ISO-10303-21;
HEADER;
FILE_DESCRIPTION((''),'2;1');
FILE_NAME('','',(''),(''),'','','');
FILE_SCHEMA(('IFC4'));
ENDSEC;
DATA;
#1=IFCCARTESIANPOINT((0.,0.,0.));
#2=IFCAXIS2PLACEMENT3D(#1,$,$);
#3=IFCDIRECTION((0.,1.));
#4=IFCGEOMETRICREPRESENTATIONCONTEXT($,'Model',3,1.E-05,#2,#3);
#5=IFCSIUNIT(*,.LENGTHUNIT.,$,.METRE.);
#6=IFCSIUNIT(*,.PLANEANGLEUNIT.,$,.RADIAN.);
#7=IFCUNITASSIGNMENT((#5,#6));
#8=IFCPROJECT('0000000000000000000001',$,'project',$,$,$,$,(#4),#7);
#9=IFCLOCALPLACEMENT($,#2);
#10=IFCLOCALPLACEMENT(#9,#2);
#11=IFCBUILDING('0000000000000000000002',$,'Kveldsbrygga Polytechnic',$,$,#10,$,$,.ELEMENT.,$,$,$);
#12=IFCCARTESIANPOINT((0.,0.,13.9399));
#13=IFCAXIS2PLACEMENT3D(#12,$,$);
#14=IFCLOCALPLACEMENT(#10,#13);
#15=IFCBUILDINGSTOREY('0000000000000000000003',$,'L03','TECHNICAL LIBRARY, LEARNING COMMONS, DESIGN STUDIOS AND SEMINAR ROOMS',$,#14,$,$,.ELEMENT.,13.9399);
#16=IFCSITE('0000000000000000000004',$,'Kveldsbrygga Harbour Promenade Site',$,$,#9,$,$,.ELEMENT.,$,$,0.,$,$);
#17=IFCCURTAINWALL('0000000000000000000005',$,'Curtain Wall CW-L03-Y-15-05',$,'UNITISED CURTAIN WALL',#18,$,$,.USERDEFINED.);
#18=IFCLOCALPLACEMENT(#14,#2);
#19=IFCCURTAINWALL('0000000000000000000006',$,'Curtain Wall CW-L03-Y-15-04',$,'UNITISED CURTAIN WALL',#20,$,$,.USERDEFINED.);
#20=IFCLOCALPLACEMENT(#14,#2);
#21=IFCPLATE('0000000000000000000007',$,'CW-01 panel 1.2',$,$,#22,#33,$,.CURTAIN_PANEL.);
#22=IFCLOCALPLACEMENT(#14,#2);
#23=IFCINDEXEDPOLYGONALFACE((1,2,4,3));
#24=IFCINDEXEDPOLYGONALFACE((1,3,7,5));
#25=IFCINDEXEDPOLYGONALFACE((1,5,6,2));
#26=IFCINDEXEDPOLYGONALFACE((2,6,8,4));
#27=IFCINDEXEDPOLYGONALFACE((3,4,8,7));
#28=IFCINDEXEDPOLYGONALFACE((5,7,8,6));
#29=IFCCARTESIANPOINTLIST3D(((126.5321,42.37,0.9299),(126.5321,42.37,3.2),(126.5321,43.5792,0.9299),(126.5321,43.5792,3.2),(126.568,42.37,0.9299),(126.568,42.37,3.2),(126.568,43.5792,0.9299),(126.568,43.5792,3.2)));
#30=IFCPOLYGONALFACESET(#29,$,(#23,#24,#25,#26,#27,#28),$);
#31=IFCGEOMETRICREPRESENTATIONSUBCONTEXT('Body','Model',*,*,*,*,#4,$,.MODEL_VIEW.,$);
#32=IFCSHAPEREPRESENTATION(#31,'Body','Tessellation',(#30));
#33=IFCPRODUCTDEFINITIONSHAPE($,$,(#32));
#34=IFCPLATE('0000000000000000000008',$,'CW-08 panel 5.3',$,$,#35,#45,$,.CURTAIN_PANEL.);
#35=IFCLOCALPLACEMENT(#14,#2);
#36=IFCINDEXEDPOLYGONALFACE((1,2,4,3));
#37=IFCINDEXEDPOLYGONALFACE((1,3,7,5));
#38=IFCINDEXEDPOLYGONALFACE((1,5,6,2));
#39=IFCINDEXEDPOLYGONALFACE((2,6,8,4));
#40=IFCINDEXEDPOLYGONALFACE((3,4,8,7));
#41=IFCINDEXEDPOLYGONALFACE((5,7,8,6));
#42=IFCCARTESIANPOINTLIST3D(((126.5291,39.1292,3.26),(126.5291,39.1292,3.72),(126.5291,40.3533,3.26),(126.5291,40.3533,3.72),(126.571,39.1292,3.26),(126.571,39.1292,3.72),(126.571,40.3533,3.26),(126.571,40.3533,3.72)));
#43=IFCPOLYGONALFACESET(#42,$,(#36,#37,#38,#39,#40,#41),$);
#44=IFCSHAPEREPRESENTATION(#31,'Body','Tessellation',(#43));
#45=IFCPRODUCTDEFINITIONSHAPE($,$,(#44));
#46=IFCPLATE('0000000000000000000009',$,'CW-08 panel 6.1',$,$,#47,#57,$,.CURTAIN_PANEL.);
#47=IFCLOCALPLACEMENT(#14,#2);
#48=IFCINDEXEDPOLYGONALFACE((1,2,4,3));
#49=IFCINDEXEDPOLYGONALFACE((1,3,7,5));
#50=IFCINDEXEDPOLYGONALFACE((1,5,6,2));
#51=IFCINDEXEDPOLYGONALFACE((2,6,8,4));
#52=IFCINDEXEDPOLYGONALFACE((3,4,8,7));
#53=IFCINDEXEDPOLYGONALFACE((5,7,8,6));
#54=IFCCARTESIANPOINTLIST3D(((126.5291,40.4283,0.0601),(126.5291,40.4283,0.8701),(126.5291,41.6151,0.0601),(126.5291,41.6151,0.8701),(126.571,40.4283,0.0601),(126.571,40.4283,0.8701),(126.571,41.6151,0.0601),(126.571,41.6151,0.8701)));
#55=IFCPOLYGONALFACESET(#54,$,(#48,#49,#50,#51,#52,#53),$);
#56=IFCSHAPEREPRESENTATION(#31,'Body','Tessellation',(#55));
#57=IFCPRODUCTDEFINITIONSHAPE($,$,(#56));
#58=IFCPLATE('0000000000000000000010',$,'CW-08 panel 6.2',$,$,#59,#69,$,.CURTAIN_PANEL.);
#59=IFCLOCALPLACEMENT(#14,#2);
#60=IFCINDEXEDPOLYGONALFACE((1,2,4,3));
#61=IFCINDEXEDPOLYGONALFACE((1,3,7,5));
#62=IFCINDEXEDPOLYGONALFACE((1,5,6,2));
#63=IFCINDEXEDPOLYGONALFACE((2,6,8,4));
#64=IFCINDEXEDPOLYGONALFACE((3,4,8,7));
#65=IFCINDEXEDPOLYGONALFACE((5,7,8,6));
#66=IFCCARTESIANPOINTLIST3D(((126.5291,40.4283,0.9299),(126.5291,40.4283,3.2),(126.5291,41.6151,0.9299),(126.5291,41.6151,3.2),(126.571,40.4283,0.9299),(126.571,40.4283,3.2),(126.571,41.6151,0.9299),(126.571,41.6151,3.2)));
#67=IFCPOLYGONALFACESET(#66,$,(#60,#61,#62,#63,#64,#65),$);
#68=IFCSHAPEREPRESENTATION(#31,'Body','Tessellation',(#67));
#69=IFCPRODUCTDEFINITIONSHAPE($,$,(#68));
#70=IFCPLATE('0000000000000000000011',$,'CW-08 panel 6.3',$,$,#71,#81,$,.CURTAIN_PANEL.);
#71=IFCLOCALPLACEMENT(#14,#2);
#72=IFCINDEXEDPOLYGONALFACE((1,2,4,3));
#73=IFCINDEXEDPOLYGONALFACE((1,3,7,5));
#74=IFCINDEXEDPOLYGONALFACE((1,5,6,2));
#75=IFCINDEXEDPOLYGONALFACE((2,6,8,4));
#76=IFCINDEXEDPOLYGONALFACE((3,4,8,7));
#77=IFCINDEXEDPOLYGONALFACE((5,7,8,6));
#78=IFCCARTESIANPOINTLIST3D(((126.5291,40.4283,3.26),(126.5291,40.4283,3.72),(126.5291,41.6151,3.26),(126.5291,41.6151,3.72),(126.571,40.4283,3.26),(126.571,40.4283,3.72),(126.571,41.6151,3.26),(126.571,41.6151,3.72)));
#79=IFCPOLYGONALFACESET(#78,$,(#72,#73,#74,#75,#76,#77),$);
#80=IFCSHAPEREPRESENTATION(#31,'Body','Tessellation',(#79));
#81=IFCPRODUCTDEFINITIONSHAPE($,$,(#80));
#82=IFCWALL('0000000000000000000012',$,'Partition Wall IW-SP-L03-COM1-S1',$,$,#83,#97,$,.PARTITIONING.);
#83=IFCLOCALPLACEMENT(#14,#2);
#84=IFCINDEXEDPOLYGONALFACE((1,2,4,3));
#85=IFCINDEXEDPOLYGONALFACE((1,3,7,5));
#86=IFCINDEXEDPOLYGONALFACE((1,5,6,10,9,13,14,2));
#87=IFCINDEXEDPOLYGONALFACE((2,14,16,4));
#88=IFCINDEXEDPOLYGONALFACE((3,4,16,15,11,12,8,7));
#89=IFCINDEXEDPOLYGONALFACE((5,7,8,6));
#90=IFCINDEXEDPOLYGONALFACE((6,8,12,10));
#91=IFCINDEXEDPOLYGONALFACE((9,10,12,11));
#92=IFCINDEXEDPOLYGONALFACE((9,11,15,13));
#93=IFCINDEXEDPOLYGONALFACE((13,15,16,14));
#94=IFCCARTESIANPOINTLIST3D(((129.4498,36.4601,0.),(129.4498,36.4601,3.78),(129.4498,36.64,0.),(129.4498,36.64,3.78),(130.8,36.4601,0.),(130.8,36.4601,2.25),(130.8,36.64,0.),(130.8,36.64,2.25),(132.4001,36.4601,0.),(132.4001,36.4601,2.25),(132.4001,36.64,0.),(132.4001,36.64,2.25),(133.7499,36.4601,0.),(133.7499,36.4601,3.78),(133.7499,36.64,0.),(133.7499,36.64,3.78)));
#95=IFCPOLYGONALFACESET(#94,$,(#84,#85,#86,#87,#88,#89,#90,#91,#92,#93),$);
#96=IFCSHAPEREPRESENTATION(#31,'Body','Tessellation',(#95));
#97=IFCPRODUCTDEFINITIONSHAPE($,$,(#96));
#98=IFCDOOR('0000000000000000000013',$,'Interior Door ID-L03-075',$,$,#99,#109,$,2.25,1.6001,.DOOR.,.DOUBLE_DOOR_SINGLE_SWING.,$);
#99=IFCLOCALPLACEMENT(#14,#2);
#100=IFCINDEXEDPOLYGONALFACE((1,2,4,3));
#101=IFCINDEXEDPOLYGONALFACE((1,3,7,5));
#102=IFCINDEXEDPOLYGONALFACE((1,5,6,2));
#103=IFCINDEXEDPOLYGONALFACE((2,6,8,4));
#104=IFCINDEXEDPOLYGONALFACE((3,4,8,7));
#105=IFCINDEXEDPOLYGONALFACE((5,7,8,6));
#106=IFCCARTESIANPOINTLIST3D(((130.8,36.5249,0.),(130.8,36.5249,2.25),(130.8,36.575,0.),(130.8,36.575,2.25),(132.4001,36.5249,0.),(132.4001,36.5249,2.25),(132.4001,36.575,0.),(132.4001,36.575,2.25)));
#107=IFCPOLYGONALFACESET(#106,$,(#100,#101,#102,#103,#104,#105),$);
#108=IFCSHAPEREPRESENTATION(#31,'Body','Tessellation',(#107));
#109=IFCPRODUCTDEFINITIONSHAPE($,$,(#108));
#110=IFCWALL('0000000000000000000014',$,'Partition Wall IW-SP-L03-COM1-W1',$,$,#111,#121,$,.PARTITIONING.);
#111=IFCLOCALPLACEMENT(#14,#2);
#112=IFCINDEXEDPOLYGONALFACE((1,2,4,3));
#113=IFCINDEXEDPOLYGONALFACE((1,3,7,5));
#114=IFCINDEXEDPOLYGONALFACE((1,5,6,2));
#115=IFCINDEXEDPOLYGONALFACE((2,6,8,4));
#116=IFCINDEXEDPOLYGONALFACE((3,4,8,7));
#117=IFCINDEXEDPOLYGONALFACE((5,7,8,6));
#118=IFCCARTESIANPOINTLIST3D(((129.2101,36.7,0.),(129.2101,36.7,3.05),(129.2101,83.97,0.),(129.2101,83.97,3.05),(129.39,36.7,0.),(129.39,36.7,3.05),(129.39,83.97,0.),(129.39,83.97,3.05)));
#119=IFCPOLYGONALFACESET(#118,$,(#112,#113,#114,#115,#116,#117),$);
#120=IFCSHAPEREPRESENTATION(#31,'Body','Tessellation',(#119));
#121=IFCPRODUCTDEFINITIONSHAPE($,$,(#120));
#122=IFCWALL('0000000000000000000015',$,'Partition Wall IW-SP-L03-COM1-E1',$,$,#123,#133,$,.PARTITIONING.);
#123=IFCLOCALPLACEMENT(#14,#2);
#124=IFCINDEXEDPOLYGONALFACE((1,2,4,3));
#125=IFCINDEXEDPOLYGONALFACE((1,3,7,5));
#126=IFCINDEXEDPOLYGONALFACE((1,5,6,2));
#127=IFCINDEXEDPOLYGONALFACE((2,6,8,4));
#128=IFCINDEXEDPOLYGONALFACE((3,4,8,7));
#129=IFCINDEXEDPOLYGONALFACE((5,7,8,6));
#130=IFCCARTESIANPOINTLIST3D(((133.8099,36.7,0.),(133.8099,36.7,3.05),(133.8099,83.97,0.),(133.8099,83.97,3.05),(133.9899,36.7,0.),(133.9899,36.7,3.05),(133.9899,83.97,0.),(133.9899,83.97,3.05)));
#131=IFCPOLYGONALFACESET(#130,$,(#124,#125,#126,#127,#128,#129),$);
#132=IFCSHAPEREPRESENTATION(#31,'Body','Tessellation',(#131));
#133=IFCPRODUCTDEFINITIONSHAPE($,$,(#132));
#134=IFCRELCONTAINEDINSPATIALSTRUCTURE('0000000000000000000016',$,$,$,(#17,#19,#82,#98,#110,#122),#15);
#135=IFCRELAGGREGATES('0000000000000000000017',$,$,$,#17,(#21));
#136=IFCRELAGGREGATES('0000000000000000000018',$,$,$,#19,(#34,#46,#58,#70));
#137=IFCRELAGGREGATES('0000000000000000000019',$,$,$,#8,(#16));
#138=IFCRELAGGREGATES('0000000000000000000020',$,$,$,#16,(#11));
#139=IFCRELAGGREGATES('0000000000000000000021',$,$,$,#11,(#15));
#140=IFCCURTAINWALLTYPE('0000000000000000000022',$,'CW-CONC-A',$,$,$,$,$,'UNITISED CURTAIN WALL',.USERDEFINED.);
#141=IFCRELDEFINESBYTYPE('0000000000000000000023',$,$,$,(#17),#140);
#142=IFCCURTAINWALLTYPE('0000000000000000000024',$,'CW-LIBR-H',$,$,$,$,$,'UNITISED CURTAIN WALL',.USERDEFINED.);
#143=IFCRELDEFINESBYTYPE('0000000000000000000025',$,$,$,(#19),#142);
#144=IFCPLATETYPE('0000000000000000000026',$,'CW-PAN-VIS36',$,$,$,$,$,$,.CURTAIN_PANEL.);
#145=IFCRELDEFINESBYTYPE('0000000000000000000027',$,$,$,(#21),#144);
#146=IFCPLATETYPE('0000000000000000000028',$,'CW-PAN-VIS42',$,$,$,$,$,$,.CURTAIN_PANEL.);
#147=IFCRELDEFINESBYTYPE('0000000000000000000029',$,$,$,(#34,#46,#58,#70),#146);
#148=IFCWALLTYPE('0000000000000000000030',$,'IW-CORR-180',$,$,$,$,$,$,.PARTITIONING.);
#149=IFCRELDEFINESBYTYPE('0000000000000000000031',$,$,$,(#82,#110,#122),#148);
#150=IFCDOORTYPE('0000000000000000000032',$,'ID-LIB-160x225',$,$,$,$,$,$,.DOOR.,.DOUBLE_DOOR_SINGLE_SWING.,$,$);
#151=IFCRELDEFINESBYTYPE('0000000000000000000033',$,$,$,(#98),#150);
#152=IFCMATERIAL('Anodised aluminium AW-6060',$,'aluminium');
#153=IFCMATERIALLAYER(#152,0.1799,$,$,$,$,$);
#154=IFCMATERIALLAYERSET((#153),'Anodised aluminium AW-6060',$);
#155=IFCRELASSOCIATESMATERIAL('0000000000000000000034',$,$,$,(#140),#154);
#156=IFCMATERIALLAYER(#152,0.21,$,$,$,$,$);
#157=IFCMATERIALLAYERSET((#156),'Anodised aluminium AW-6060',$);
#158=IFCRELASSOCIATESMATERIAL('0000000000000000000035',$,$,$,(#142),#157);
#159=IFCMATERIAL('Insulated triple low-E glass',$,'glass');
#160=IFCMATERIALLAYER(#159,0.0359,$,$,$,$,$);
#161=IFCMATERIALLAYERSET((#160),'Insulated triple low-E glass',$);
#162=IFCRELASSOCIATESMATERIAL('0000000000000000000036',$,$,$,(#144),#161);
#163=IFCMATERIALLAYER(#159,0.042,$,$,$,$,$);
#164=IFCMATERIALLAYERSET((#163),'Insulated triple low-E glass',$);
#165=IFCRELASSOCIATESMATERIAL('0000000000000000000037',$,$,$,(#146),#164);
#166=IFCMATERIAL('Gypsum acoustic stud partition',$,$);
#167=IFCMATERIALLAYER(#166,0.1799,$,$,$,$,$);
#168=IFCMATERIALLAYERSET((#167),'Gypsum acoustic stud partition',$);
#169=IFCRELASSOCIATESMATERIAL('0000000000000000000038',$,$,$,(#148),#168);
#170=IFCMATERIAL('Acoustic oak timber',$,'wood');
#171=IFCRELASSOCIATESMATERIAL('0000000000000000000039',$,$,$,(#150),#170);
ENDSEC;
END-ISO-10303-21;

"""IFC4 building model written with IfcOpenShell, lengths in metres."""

from ifc_helpers import new_model, si_unit, direction, frame, frame_2d, origin, origin_2d, place, context, subcontext, project, spatial, rectangle, extrude, material, layer, layer_set, type_object, element, fill, aggregate, save


model = new_model("IFC4")

# Units and contexts
model_context = context("Model", 3, precision=1e-05, world=origin(), true_north=direction((0.0, 1.0)))
body_context = subcontext(model_context, "Body", "Model", "MODEL_VIEW")
ifc_project = project(units=[si_unit("LENGTHUNIT", "METRE"), si_unit("PLANEANGLEUNIT", "RADIAN")], contexts=[model_context])

# Site, building, storey
site_placement = place(None, origin())
site = spatial("IfcSite", under=ifc_project, at=site_placement, Name="Kveldsbrygga Harbour Promenade Site", CompositionType="ELEMENT", RefElevation=0.0)
building_placement = place(site_placement, origin())
building = spatial("IfcBuilding", under=site, at=building_placement, Name="Kveldsbrygga Polytechnic", CompositionType="ELEMENT")
storey_placement = place(building_placement, frame((0.0, 0.0, 13.9399)))
storey = spatial("IfcBuildingStorey", under=building, at=storey_placement, Name="L03", Description="TECHNICAL LIBRARY, LEARNING COMMONS, DESIGN STUDIOS AND SEMINAR ROOMS", CompositionType="ELEMENT", Elevation=13.9399)

# Curtain walls
ifc_material_1 = material(Name="Anodised aluminium AW-6060", Category="aluminium")
ifc_layer_1 = layer(ifc_material_1, 0.1799)
ifc_layer_set_1 = layer_set([ifc_layer_1], Name="Anodised aluminium AW-6060")
curtain_wall_type_1 = type_object("IfcCurtainWallType", Name="CW-CONC-A", ElementType="UNITISED CURTAIN WALL", PredefinedType="USERDEFINED", material=ifc_layer_set_1)
curtain_wall_1_placement = place(storey_placement, origin())
curtain_wall_1 = element("IfcCurtainWall", 1, at=curtain_wall_1_placement, inside=storey, type_object=curtain_wall_type_1, Name="Curtain Wall CW-L03-Y-15-05", ObjectType="UNITISED CURTAIN WALL", PredefinedType="USERDEFINED")
ifc_layer_2 = layer(ifc_material_1, 0.21)
ifc_layer_set_2 = layer_set([ifc_layer_2], Name="Anodised aluminium AW-6060")
curtain_wall_type_2 = type_object("IfcCurtainWallType", Name="CW-LIBR-H", ElementType="UNITISED CURTAIN WALL", PredefinedType="USERDEFINED", material=ifc_layer_set_2)
curtain_wall_2_placement = place(storey_placement, origin())
curtain_wall_2 = element("IfcCurtainWall", 2, at=curtain_wall_2_placement, inside=storey, type_object=curtain_wall_type_2, Name="Curtain Wall CW-L03-Y-15-04", ObjectType="UNITISED CURTAIN WALL", PredefinedType="USERDEFINED")

# Plates
ifc_material_2 = material(Name="Insulated triple low-E glass", Category="glass")
ifc_layer_3 = layer(ifc_material_2, 0.0359)
ifc_layer_set_3 = layer_set([ifc_layer_3], Name="Insulated triple low-E glass")
plate_type_1 = type_object("IfcPlateType", Name="CW-PAN-VIS36", PredefinedType="CURTAIN_PANEL", material=ifc_layer_set_3)
plate_1_placement = place(storey_placement, frame((126.55, 42.9746, 0.9299), z_axis=(0.0, 0.0, 1.0), x_axis=(0.0, 1.0, 0.0)))
plate_1 = element("IfcPlate", 3, at=plate_1_placement, type_object=plate_type_1, Name="CW-01 panel 1.2", PredefinedType="CURTAIN_PANEL", context=body_context, shape_type="SweptSolid", body=[
    extrude(rectangle(XDim=1.2092, YDim=0.0359, at=origin_2d()), origin(), (0.0, 0.0, 1.0), 2.27),
])
aggregate(curtain_wall_1, [plate_1])
ifc_layer_4 = layer(ifc_material_2, 0.042)
ifc_layer_set_4 = layer_set([ifc_layer_4], Name="Insulated triple low-E glass")
plate_type_2 = type_object("IfcPlateType", Name="CW-PAN-VIS42", PredefinedType="CURTAIN_PANEL", material=ifc_layer_set_4)
plate_2_placement = place(storey_placement, frame((126.55, 39.7412, 3.26), z_axis=(0.0, 0.0, 1.0), x_axis=(0.0, 1.0, 0.0)))
plate_2 = element("IfcPlate", 4, at=plate_2_placement, type_object=plate_type_2, Name="CW-08 panel 5.3", PredefinedType="CURTAIN_PANEL", context=body_context, shape_type="SweptSolid", body=[
    extrude(rectangle(XDim=1.2241, YDim=0.042, at=origin_2d()), origin(), (0.0, 0.0, 1.0), 0.46),
])
plate_3_placement = place(storey_placement, frame((126.55, 41.0217, 0.0601), z_axis=(0.0, 0.0, 1.0), x_axis=(0.0, 1.0, 0.0)))
plate_3 = element("IfcPlate", 5, at=plate_3_placement, type_object=plate_type_2, Name="CW-08 panel 6.1", PredefinedType="CURTAIN_PANEL", context=body_context, shape_type="SweptSolid", body=[
    extrude(rectangle(XDim=1.1868, YDim=0.042, at=origin_2d()), origin(), (0.0, 0.0, 1.0), 0.8101),
])
plate_4_placement = place(storey_placement, frame((126.55, 41.0217, 0.9299), z_axis=(0.0, 0.0, 1.0), x_axis=(0.0, 1.0, 0.0)))
plate_4 = element("IfcPlate", 6, at=plate_4_placement, type_object=plate_type_2, Name="CW-08 panel 6.2", PredefinedType="CURTAIN_PANEL", context=body_context, shape_type="SweptSolid", body=[
    extrude(rectangle(XDim=1.1868, YDim=0.042, at=origin_2d()), origin(), (0.0, 0.0, 1.0), 2.27),
])
plate_5_placement = place(storey_placement, frame((126.55, 41.0217, 3.26), z_axis=(0.0, 0.0, 1.0), x_axis=(0.0, 1.0, 0.0)))
plate_5 = element("IfcPlate", 7, at=plate_5_placement, type_object=plate_type_2, Name="CW-08 panel 6.3", PredefinedType="CURTAIN_PANEL", context=body_context, shape_type="SweptSolid", body=[
    extrude(rectangle(XDim=1.1868, YDim=0.042, at=origin_2d()), origin(), (0.0, 0.0, 1.0), 0.46),
])
aggregate(curtain_wall_2, [plate_2, plate_3, plate_4, plate_5])

# Wall, opening, door
ifc_material_3 = material(Name="Gypsum acoustic stud partition")
ifc_layer_5 = layer(ifc_material_3, 0.1799)
ifc_layer_set_5 = layer_set([ifc_layer_5], Name="Gypsum acoustic stud partition")
wall_type = type_object("IfcWallType", Name="IW-CORR-180", PredefinedType="PARTITIONING", material=ifc_layer_set_5)
wall_placement = place(storey_placement, frame((129.45, 36.55, 0.0), z_axis=(0.0, 0.0, 1.0), x_axis=(1.0, 0.0, 0.0)))
wall = element("IfcWall", 8, at=wall_placement, inside=storey, type_object=wall_type, Name="Partition Wall IW-SP-L03-COM1-S1", PredefinedType="PARTITIONING", context=body_context, shape_type="SweptSolid", body=[
    extrude(rectangle(XDim=4.3, YDim=0.1799, at=frame_2d((2.1499, 0.0))), origin(), (0.0, 0.0, 1.0), 3.78),
])
opening_placement = place(wall_placement, frame((1.3501, 0.0, 0.0)))
opening = element("IfcOpeningElement", 9, at=opening_placement, cuts=wall, PredefinedType="OPENING", context=body_context, shape_type="SweptSolid", body=[
    extrude(rectangle(XDim=1.6001, YDim=2.25, at=frame_2d((0.8, 1.125))), frame((0.0, 0.1001, 0.0), z_axis=(0.0, -1.0, 0.0), x_axis=(1.0, 0.0, 0.0)), (0.0, 0.0, 1.0), 0.2),
])
ifc_material_4 = material(Name="Acoustic oak timber", Category="wood")
door_type = type_object("IfcDoorType", Name="ID-LIB-160x225", OperationType="DOUBLE_DOOR_SINGLE_SWING", PredefinedType="DOOR", material=ifc_material_4)
door_placement = place(opening_placement, origin())
door = element("IfcDoor", 10, at=door_placement, inside=storey, type_object=door_type, Name="Interior Door ID-L03-075", OperationType="DOUBLE_DOOR_SINGLE_SWING", OverallHeight=2.25, OverallWidth=1.6001, PredefinedType="DOOR", context=body_context, shape_type="SweptSolid", body=[
    extrude(rectangle(XDim=1.6001, YDim=2.25, at=frame_2d((0.8, 1.125))), frame((0.0, 0.0249, 0.0), z_axis=(0.0, -1.0, 0.0), x_axis=(1.0, 0.0, 0.0)), (0.0, 0.0, 1.0), 0.05),
])
fill(opening, door)

# Walls
for number, where, z_axis, x_axis, name in (
    (11, (129.3, 36.7, 0.0), (0.0, 0.0, 1.0), (0.0, 1.0, 0.0), "Partition Wall IW-SP-L03-COM1-W1"),
    (12, (133.8999, 36.7, 0.0), (0.0, 0.0, 1.0), (0.0, 1.0, 0.0), "Partition Wall IW-SP-L03-COM1-E1"),
):
    element("IfcWall", number, at=place(storey_placement, frame(where, z_axis=z_axis, x_axis=x_axis)), inside=storey, type_object=wall_type, Name=name, PredefinedType="PARTITIONING", context=body_context, shape_type="SweptSolid", body=[
        extrude(rectangle(XDim=47.27, YDim=0.1799, at=frame_2d((23.635, 0.0))), origin(), (0.0, 0.0, 1.0), 3.05),
    ])

save(model, "model.ifc")
